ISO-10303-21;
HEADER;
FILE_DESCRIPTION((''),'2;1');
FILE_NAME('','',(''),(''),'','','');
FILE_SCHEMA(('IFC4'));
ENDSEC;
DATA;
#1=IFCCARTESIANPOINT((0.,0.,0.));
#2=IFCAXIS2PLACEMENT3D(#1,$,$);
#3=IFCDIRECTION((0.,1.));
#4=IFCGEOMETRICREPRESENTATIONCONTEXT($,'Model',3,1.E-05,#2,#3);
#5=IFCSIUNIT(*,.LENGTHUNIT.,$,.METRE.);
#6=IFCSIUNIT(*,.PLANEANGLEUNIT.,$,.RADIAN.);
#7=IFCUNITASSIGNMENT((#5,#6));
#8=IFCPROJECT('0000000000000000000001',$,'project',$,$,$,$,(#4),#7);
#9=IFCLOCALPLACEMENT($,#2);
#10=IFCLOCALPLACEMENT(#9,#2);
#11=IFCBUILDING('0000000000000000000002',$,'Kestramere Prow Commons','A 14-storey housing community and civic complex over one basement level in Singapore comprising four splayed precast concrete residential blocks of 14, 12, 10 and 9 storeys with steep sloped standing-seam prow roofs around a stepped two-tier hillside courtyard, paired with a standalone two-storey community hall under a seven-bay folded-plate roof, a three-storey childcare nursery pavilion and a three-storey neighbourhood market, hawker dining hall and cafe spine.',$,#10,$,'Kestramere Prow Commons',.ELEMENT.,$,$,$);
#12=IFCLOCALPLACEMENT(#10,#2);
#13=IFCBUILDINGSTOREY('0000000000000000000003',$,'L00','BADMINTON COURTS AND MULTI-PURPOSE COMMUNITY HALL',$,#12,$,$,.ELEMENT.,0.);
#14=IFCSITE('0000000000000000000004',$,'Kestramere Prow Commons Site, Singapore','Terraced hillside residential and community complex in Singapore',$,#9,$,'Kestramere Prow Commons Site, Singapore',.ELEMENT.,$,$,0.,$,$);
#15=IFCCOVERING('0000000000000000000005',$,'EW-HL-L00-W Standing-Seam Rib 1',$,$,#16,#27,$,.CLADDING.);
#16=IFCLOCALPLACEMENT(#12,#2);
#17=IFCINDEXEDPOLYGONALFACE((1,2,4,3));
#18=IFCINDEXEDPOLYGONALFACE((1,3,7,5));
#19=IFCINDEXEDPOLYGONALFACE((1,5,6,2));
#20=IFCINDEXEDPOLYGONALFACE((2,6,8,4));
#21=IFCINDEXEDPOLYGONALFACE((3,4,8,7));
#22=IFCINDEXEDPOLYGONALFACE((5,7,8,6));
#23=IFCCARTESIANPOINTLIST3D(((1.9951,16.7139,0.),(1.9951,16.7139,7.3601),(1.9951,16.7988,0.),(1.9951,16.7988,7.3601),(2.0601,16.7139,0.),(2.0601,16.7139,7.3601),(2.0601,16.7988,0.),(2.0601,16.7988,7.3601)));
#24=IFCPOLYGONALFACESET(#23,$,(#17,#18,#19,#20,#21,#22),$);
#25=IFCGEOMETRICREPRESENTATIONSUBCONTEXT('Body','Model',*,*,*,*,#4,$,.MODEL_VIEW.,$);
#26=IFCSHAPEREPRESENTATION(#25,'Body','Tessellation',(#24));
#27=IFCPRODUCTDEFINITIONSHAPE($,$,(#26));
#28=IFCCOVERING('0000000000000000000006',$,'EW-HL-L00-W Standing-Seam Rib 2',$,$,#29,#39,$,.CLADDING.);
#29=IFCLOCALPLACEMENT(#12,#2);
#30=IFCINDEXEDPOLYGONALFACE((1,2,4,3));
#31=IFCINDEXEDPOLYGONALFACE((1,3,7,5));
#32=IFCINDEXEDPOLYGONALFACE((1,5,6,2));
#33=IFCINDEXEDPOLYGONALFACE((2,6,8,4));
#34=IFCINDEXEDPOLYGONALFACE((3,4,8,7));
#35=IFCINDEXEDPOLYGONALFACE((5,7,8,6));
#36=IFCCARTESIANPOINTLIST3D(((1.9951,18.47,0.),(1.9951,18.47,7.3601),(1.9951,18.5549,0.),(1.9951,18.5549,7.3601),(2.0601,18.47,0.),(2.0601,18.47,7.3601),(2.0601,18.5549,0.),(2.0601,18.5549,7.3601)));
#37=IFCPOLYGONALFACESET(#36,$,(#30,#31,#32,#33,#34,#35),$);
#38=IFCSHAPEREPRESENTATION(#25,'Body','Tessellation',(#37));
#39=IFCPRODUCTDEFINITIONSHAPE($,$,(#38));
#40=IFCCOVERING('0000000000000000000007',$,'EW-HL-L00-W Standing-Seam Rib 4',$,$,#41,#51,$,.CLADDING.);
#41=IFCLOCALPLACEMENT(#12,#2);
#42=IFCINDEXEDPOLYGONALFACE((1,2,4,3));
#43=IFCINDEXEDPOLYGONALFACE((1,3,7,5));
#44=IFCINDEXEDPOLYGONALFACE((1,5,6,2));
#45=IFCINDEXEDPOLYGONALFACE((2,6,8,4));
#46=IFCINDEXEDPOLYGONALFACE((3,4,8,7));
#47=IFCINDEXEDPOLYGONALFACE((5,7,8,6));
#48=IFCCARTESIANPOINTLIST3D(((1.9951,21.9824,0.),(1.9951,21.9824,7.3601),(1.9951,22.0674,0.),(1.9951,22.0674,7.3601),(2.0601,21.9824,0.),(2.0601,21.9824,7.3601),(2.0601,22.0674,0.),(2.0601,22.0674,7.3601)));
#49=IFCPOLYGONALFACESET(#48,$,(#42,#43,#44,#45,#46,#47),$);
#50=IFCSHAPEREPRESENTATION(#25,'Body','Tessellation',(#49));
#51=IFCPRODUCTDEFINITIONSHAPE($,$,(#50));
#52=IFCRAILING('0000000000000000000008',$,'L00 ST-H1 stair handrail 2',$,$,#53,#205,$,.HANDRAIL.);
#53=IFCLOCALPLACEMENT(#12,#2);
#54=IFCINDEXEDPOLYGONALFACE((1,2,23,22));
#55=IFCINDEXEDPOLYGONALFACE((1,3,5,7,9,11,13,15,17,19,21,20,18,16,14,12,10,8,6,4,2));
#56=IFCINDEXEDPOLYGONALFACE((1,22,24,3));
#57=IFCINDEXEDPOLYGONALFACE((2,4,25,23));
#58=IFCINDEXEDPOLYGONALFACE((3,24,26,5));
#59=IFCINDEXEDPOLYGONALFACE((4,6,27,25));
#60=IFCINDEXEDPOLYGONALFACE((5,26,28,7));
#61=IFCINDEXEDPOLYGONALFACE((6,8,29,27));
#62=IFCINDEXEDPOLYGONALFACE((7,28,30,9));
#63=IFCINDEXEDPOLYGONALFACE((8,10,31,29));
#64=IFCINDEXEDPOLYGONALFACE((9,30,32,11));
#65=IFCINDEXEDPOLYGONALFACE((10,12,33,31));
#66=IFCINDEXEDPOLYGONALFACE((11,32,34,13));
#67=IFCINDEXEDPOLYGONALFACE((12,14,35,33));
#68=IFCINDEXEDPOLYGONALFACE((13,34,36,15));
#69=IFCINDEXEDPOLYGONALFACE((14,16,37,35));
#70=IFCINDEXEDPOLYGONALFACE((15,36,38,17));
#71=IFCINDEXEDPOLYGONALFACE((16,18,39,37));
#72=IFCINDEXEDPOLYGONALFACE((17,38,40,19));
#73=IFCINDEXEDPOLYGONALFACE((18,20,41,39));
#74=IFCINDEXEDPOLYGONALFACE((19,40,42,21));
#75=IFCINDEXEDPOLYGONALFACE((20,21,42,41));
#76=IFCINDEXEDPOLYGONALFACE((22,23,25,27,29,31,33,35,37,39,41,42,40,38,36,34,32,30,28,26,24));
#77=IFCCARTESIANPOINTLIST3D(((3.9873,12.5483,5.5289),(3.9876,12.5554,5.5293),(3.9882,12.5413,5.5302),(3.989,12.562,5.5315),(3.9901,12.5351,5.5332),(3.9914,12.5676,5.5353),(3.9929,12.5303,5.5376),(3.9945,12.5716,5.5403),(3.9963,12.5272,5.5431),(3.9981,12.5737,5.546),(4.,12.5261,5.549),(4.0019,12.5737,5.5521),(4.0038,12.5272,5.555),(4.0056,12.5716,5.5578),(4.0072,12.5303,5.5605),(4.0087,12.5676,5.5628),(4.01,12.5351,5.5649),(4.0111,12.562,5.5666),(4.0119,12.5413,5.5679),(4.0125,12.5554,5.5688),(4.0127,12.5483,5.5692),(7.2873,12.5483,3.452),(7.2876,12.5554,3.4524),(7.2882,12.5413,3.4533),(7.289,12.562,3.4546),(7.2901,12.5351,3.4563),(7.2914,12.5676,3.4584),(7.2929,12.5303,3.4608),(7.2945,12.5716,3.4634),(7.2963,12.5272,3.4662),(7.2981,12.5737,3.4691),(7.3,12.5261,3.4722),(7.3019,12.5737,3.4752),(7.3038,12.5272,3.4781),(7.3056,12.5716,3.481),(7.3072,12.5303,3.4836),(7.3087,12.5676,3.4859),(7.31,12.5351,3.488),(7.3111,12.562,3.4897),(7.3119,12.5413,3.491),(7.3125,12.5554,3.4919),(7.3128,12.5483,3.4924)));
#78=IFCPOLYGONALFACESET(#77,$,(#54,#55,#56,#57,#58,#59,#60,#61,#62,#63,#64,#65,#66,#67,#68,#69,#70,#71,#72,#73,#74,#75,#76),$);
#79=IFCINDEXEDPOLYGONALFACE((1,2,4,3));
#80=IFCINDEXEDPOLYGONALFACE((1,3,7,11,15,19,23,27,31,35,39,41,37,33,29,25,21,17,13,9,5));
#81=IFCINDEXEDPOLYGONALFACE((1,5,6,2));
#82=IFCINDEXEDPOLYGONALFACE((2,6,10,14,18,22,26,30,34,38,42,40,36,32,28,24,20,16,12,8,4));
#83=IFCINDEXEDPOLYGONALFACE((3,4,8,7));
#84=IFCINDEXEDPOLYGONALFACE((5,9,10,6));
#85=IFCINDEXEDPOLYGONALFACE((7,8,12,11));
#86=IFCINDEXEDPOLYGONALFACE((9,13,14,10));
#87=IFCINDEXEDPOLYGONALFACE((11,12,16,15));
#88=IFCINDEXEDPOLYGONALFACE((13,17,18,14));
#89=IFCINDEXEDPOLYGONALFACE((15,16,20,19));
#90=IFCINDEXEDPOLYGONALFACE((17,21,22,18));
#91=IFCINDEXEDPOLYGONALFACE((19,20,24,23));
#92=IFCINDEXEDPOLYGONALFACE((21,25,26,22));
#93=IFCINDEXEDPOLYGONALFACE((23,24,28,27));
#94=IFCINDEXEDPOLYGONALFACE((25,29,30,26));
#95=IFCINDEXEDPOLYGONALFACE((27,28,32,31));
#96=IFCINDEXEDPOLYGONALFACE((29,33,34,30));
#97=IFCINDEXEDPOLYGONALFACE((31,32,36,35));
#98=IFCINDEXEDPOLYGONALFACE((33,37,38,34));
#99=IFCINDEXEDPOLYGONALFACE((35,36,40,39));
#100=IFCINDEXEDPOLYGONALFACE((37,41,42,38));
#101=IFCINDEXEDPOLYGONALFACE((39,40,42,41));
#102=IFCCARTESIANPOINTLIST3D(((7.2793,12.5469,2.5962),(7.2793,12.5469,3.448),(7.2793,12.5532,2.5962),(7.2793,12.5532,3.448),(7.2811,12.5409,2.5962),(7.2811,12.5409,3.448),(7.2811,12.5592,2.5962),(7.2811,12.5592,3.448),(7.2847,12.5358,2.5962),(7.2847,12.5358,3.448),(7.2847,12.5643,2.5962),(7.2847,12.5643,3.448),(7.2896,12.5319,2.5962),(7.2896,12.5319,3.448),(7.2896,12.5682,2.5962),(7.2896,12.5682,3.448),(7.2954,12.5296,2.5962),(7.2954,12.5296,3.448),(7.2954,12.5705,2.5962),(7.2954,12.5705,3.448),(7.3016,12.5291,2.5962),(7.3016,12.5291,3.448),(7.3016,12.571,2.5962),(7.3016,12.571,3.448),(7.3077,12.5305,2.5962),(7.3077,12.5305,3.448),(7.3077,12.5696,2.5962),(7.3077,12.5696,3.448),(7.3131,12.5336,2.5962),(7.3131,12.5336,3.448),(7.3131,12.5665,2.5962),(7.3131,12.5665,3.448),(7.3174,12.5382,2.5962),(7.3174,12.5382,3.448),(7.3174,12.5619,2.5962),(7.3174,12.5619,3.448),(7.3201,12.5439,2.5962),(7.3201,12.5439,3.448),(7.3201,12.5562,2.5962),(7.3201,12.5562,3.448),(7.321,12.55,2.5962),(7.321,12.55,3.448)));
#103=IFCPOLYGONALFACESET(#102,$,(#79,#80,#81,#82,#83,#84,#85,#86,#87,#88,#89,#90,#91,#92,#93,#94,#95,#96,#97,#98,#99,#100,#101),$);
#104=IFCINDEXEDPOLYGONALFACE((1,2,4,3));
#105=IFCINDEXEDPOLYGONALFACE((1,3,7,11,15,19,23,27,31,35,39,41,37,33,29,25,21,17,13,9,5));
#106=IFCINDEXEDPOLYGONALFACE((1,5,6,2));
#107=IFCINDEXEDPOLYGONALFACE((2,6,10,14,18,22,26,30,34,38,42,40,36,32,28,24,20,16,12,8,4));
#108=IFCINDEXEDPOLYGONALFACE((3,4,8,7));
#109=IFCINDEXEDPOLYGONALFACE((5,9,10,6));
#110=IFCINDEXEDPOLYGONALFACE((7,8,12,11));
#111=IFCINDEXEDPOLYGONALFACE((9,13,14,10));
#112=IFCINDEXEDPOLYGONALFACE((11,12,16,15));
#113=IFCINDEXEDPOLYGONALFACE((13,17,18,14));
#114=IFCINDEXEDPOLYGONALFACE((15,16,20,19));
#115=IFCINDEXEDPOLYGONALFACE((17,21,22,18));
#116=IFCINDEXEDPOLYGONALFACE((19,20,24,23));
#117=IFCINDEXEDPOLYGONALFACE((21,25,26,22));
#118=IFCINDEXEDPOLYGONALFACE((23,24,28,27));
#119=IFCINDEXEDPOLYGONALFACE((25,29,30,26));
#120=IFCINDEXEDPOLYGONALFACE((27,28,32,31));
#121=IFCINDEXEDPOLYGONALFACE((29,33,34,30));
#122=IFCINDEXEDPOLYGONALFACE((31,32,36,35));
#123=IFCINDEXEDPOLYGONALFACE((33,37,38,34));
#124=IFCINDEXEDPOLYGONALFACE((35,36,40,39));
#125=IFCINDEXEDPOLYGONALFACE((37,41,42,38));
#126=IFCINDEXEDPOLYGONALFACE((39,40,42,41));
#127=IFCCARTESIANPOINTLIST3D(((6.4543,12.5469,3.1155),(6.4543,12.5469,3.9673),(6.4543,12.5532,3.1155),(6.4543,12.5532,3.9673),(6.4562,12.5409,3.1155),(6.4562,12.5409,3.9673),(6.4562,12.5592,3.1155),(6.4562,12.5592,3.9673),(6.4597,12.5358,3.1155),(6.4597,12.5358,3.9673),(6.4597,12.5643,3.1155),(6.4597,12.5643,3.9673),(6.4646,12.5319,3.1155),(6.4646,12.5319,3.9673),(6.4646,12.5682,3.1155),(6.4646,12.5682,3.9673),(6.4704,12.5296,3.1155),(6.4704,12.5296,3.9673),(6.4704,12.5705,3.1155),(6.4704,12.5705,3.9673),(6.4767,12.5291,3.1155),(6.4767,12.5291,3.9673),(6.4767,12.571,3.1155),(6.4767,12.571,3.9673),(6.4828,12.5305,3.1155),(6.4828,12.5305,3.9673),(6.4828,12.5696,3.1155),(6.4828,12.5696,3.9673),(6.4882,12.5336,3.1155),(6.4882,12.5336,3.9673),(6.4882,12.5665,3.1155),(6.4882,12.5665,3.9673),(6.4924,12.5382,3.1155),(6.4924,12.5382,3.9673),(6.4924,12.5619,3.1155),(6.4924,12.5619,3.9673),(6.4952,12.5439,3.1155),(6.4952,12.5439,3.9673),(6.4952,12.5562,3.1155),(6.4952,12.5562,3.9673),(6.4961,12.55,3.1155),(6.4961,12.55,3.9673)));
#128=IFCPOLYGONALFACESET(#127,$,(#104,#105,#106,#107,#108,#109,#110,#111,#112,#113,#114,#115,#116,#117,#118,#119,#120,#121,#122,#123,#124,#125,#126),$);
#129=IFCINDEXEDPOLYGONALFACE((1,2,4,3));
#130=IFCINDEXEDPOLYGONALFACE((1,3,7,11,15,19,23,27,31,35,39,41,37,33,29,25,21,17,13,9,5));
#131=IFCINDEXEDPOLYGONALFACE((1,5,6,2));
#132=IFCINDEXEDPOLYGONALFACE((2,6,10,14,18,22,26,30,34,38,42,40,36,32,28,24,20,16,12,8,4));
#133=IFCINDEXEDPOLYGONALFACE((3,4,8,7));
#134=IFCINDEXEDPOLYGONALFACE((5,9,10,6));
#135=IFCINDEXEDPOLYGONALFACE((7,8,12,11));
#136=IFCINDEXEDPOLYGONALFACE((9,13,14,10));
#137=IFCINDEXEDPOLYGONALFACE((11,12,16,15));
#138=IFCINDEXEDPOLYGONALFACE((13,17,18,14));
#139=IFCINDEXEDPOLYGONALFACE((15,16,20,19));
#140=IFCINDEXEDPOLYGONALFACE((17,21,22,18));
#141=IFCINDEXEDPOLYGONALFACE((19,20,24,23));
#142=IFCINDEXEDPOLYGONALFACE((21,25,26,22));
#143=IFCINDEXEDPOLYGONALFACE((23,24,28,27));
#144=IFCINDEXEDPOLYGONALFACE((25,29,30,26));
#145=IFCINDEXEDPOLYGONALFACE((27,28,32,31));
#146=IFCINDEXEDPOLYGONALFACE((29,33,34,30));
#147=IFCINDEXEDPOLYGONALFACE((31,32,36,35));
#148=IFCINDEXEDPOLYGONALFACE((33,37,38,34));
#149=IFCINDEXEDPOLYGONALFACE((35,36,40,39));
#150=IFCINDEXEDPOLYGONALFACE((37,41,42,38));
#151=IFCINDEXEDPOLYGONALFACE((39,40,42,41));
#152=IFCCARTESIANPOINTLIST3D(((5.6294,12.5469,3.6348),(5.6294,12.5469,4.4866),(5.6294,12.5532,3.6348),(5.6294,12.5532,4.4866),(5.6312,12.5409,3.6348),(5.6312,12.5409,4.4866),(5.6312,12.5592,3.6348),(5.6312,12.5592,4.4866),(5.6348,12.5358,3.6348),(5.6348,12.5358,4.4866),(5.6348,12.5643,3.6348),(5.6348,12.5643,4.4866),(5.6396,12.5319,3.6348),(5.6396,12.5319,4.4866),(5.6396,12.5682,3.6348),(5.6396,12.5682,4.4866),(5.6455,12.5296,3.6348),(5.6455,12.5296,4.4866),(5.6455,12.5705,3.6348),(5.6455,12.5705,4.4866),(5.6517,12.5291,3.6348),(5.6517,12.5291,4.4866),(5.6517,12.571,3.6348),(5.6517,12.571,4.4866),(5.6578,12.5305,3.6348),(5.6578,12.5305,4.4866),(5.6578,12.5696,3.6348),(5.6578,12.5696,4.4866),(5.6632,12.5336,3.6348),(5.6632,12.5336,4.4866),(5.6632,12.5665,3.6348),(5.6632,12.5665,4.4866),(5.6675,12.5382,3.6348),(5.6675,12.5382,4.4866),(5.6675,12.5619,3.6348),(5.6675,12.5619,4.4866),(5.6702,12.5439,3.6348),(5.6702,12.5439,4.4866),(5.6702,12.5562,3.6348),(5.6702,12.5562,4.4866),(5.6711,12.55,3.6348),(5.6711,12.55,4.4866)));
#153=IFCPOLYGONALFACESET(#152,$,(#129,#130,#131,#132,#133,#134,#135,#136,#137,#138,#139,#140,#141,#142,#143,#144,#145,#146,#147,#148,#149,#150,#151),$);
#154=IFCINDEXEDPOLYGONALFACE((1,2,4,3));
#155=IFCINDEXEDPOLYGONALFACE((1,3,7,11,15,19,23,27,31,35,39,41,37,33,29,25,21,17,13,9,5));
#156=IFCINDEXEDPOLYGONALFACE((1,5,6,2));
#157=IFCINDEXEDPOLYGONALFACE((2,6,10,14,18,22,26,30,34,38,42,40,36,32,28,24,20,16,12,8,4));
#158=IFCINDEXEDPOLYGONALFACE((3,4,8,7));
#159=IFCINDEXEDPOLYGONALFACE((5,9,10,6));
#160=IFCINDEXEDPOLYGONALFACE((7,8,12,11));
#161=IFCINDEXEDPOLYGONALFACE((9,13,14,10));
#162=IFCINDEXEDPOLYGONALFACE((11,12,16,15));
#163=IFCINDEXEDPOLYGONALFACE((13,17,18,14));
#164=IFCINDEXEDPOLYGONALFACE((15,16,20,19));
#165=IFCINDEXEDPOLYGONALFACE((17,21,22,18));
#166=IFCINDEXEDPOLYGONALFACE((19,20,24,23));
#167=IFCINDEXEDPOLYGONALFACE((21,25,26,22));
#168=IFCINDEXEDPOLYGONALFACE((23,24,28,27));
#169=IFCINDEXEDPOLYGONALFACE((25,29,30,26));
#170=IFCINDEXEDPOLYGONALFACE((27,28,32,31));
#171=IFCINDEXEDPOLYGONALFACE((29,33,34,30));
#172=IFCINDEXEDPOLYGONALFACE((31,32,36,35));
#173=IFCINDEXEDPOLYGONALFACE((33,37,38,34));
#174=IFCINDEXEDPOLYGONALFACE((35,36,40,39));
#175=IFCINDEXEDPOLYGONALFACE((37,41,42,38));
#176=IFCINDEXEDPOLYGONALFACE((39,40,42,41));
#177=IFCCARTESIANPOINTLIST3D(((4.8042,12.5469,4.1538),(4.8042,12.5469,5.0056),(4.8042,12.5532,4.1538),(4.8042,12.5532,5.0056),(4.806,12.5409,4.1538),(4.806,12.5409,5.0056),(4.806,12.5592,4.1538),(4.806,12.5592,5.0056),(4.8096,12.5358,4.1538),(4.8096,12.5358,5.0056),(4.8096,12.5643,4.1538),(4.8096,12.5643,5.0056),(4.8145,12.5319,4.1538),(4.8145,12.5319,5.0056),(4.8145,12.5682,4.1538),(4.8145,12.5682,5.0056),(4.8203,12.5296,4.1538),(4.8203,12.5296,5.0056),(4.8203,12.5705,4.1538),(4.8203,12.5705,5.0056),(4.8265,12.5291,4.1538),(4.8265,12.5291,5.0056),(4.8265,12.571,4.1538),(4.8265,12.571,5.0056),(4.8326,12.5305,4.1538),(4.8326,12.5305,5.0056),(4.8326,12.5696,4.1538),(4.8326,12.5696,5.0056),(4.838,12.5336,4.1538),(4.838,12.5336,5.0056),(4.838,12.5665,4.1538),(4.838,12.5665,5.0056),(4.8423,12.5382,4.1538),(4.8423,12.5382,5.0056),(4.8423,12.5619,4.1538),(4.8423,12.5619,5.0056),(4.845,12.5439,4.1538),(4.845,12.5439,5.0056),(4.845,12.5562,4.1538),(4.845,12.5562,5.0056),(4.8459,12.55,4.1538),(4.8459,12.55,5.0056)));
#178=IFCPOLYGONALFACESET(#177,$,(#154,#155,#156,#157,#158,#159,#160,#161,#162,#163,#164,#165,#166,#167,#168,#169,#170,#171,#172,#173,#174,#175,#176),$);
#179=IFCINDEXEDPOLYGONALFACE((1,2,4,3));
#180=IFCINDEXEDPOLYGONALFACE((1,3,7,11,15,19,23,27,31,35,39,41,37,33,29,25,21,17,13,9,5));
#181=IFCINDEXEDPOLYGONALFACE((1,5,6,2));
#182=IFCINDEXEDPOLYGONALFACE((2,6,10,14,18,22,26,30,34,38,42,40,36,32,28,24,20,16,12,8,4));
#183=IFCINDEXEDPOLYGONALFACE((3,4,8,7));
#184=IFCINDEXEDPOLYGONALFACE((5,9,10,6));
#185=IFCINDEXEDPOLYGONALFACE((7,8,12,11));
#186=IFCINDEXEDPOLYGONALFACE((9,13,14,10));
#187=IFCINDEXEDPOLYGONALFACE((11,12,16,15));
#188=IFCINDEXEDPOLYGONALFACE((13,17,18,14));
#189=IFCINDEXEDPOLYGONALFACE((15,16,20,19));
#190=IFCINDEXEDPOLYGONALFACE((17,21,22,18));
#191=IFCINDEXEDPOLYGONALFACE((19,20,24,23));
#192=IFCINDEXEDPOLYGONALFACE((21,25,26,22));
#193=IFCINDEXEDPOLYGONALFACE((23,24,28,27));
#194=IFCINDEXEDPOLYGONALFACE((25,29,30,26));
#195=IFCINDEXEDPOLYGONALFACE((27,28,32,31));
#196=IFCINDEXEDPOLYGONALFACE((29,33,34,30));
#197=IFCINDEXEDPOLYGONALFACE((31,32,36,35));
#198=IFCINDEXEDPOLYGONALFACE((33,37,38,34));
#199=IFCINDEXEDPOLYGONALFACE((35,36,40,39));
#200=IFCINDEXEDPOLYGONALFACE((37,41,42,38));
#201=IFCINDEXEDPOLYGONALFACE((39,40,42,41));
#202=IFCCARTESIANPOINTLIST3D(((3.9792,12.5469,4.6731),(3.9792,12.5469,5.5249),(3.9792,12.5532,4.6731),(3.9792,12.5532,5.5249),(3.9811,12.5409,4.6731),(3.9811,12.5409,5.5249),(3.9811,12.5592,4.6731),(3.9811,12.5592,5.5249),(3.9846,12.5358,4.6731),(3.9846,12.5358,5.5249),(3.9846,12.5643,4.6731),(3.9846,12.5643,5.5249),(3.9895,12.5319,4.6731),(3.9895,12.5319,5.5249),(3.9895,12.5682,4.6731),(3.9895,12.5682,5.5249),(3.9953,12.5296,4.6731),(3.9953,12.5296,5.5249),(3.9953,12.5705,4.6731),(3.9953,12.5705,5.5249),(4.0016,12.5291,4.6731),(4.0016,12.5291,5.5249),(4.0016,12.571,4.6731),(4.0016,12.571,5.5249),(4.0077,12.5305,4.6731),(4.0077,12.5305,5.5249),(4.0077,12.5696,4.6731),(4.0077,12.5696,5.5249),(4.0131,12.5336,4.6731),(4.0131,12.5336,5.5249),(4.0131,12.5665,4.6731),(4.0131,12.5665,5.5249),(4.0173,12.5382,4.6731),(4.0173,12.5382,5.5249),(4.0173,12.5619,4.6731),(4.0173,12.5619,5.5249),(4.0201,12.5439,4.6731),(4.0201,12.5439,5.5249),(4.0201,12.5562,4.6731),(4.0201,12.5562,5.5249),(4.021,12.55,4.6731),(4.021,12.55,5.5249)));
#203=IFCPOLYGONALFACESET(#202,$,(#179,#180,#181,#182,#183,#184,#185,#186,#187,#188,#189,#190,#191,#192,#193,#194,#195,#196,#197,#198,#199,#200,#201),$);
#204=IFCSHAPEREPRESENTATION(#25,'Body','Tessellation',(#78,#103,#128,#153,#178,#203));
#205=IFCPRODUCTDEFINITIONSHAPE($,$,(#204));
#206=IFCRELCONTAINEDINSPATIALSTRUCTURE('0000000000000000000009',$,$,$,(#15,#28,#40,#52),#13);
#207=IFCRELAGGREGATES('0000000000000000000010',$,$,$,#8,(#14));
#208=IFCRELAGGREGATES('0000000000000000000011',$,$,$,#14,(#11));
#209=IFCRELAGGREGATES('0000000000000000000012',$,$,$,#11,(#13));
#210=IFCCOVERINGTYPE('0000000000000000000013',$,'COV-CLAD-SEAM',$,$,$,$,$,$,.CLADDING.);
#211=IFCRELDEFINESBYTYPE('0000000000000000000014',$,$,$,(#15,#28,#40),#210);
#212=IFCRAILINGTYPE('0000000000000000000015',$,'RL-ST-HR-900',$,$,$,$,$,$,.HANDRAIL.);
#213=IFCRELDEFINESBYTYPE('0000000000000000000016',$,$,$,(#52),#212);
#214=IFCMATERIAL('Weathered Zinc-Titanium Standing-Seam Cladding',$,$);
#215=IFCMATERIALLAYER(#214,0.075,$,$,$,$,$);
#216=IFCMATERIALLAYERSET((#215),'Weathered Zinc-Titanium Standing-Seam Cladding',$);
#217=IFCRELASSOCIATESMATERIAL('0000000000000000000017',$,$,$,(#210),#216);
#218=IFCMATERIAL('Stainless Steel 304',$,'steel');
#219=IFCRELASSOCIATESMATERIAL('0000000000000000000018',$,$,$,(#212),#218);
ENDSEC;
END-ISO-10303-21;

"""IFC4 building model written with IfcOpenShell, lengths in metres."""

from ifc_helpers import new_model, si_unit, direction, frame, origin, origin_2d, place, context, subcontext, project, spatial, rectangle, circle, extrude, material, layer, layer_set, type_object, element, save


model = new_model("IFC4")

# Units and contexts
model_context = context("Model", 3, precision=1e-05, world=origin(), true_north=direction((0.0, 1.0)))
body_context = subcontext(model_context, "Body", "Model", "MODEL_VIEW")
ifc_project = project(units=[si_unit("LENGTHUNIT", "METRE"), si_unit("PLANEANGLEUNIT", "RADIAN")], contexts=[model_context])

# Site, building, storey
site_placement = place(None, origin())
site = spatial("IfcSite", under=ifc_project, at=site_placement, Name="Kestramere Prow Commons Site, Singapore", Description="Terraced hillside residential and community complex in Singapore", LongName="Kestramere Prow Commons Site, Singapore", CompositionType="ELEMENT", RefElevation=0.0)
building_placement = place(site_placement, origin())
building = spatial("IfcBuilding", under=site, at=building_placement, Name="Kestramere Prow Commons", Description="A 14-storey housing community and civic complex over one basement level in Singapore comprising four splayed precast concrete residential blocks of 14, 12, 10 and 9 storeys with steep sloped standing-seam prow roofs around a stepped two-tier hillside courtyard, paired with a standalone two-storey community hall under a seven-bay folded-plate roof, a three-storey childcare nursery pavilion and a three-storey neighbourhood market, hawker dining hall and cafe spine.", LongName="Kestramere Prow Commons", CompositionType="ELEMENT")
storey_placement = place(building_placement, origin())
storey = spatial("IfcBuildingStorey", under=building, at=storey_placement, Name="L00", Description="BADMINTON COURTS AND MULTI-PURPOSE COMMUNITY HALL", CompositionType="ELEMENT", Elevation=0.0)

# Coverings
ifc_material_1 = material(Name="Weathered Zinc-Titanium Standing-Seam Cladding")
ifc_layer_1 = layer(ifc_material_1, 0.075)
ifc_layer_set_1 = layer_set([ifc_layer_1], Name="Weathered Zinc-Titanium Standing-Seam Cladding")
covering_type = type_object("IfcCoveringType", Name="COV-CLAD-SEAM", PredefinedType="CLADDING", material=ifc_layer_set_1)
for number, where, z_axis, x_axis, name in (
    (1, (2.0276, 16.7563, 0.0), (0.0, 0.0, 1.0), (0.0, 1.0, 0.0), "EW-HL-L00-W Standing-Seam Rib 1"),
    (2, (2.0276, 18.5125, 0.0), (0.0, 0.0, 1.0), (0.0, 1.0, 0.0), "EW-HL-L00-W Standing-Seam Rib 2"),
    (3, (2.0276, 22.0249, 0.0), (0.0, 0.0, 1.0), (0.0, 1.0, 0.0), "EW-HL-L00-W Standing-Seam Rib 4"),
):
    element("IfcCovering", number, at=place(storey_placement, frame(where, z_axis=z_axis, x_axis=x_axis)), inside=storey, type_object=covering_type, Name=name, PredefinedType="CLADDING", context=body_context, shape_type="SweptSolid", body=[
        extrude(rectangle(XDim=0.085, YDim=0.0649, at=origin_2d()), origin(), (0.0, 0.0, 1.0), 7.3601),
    ])

# Railing
ifc_material_2 = material(Name="Stainless Steel 304", Category="steel")
railing_type = type_object("IfcRailingType", Name="RL-ST-HR-900", PredefinedType="HANDRAIL", material=ifc_material_2)
railing_placement = place(storey_placement, frame((7.3, 12.55, 2.5962)))
element("IfcRailing", 4, at=railing_placement, inside=storey, type_object=railing_type, Name="L00 ST-H1 stair handrail 2", PredefinedType="HANDRAIL", context=body_context, shape_type="SweptSolid", body=[
    extrude(circle(Radius=0.0239, at=origin_2d()), frame((0.0, 0.0, 0.876), z_axis=(-0.846337, 0.0, 0.532647), x_axis=(0.0, -1.0, 0.0)), (0.0, 0.0, 1.0), 3.8992),
    extrude(circle(Radius=0.021, at=origin_2d()), origin(), (0.0, 0.0, 1.0), 0.8518),
    extrude(circle(Radius=0.021, at=origin_2d()), frame((-0.825, 0.0, 0.5193)), (0.0, 0.0, 1.0), 0.8518),
    extrude(circle(Radius=0.021, at=origin_2d()), frame((-1.6499, 0.0, 1.0386)), (0.0, 0.0, 1.0), 0.8518),
    extrude(circle(Radius=0.021, at=origin_2d()), frame((-2.4751, 0.0, 1.5576)), (0.0, 0.0, 1.0), 0.8518),
    extrude(circle(Radius=0.021, at=origin_2d()), frame((-3.3, 0.0, 2.0769)), (0.0, 0.0, 1.0), 0.8518),
])

save(model, "model.ifc")
